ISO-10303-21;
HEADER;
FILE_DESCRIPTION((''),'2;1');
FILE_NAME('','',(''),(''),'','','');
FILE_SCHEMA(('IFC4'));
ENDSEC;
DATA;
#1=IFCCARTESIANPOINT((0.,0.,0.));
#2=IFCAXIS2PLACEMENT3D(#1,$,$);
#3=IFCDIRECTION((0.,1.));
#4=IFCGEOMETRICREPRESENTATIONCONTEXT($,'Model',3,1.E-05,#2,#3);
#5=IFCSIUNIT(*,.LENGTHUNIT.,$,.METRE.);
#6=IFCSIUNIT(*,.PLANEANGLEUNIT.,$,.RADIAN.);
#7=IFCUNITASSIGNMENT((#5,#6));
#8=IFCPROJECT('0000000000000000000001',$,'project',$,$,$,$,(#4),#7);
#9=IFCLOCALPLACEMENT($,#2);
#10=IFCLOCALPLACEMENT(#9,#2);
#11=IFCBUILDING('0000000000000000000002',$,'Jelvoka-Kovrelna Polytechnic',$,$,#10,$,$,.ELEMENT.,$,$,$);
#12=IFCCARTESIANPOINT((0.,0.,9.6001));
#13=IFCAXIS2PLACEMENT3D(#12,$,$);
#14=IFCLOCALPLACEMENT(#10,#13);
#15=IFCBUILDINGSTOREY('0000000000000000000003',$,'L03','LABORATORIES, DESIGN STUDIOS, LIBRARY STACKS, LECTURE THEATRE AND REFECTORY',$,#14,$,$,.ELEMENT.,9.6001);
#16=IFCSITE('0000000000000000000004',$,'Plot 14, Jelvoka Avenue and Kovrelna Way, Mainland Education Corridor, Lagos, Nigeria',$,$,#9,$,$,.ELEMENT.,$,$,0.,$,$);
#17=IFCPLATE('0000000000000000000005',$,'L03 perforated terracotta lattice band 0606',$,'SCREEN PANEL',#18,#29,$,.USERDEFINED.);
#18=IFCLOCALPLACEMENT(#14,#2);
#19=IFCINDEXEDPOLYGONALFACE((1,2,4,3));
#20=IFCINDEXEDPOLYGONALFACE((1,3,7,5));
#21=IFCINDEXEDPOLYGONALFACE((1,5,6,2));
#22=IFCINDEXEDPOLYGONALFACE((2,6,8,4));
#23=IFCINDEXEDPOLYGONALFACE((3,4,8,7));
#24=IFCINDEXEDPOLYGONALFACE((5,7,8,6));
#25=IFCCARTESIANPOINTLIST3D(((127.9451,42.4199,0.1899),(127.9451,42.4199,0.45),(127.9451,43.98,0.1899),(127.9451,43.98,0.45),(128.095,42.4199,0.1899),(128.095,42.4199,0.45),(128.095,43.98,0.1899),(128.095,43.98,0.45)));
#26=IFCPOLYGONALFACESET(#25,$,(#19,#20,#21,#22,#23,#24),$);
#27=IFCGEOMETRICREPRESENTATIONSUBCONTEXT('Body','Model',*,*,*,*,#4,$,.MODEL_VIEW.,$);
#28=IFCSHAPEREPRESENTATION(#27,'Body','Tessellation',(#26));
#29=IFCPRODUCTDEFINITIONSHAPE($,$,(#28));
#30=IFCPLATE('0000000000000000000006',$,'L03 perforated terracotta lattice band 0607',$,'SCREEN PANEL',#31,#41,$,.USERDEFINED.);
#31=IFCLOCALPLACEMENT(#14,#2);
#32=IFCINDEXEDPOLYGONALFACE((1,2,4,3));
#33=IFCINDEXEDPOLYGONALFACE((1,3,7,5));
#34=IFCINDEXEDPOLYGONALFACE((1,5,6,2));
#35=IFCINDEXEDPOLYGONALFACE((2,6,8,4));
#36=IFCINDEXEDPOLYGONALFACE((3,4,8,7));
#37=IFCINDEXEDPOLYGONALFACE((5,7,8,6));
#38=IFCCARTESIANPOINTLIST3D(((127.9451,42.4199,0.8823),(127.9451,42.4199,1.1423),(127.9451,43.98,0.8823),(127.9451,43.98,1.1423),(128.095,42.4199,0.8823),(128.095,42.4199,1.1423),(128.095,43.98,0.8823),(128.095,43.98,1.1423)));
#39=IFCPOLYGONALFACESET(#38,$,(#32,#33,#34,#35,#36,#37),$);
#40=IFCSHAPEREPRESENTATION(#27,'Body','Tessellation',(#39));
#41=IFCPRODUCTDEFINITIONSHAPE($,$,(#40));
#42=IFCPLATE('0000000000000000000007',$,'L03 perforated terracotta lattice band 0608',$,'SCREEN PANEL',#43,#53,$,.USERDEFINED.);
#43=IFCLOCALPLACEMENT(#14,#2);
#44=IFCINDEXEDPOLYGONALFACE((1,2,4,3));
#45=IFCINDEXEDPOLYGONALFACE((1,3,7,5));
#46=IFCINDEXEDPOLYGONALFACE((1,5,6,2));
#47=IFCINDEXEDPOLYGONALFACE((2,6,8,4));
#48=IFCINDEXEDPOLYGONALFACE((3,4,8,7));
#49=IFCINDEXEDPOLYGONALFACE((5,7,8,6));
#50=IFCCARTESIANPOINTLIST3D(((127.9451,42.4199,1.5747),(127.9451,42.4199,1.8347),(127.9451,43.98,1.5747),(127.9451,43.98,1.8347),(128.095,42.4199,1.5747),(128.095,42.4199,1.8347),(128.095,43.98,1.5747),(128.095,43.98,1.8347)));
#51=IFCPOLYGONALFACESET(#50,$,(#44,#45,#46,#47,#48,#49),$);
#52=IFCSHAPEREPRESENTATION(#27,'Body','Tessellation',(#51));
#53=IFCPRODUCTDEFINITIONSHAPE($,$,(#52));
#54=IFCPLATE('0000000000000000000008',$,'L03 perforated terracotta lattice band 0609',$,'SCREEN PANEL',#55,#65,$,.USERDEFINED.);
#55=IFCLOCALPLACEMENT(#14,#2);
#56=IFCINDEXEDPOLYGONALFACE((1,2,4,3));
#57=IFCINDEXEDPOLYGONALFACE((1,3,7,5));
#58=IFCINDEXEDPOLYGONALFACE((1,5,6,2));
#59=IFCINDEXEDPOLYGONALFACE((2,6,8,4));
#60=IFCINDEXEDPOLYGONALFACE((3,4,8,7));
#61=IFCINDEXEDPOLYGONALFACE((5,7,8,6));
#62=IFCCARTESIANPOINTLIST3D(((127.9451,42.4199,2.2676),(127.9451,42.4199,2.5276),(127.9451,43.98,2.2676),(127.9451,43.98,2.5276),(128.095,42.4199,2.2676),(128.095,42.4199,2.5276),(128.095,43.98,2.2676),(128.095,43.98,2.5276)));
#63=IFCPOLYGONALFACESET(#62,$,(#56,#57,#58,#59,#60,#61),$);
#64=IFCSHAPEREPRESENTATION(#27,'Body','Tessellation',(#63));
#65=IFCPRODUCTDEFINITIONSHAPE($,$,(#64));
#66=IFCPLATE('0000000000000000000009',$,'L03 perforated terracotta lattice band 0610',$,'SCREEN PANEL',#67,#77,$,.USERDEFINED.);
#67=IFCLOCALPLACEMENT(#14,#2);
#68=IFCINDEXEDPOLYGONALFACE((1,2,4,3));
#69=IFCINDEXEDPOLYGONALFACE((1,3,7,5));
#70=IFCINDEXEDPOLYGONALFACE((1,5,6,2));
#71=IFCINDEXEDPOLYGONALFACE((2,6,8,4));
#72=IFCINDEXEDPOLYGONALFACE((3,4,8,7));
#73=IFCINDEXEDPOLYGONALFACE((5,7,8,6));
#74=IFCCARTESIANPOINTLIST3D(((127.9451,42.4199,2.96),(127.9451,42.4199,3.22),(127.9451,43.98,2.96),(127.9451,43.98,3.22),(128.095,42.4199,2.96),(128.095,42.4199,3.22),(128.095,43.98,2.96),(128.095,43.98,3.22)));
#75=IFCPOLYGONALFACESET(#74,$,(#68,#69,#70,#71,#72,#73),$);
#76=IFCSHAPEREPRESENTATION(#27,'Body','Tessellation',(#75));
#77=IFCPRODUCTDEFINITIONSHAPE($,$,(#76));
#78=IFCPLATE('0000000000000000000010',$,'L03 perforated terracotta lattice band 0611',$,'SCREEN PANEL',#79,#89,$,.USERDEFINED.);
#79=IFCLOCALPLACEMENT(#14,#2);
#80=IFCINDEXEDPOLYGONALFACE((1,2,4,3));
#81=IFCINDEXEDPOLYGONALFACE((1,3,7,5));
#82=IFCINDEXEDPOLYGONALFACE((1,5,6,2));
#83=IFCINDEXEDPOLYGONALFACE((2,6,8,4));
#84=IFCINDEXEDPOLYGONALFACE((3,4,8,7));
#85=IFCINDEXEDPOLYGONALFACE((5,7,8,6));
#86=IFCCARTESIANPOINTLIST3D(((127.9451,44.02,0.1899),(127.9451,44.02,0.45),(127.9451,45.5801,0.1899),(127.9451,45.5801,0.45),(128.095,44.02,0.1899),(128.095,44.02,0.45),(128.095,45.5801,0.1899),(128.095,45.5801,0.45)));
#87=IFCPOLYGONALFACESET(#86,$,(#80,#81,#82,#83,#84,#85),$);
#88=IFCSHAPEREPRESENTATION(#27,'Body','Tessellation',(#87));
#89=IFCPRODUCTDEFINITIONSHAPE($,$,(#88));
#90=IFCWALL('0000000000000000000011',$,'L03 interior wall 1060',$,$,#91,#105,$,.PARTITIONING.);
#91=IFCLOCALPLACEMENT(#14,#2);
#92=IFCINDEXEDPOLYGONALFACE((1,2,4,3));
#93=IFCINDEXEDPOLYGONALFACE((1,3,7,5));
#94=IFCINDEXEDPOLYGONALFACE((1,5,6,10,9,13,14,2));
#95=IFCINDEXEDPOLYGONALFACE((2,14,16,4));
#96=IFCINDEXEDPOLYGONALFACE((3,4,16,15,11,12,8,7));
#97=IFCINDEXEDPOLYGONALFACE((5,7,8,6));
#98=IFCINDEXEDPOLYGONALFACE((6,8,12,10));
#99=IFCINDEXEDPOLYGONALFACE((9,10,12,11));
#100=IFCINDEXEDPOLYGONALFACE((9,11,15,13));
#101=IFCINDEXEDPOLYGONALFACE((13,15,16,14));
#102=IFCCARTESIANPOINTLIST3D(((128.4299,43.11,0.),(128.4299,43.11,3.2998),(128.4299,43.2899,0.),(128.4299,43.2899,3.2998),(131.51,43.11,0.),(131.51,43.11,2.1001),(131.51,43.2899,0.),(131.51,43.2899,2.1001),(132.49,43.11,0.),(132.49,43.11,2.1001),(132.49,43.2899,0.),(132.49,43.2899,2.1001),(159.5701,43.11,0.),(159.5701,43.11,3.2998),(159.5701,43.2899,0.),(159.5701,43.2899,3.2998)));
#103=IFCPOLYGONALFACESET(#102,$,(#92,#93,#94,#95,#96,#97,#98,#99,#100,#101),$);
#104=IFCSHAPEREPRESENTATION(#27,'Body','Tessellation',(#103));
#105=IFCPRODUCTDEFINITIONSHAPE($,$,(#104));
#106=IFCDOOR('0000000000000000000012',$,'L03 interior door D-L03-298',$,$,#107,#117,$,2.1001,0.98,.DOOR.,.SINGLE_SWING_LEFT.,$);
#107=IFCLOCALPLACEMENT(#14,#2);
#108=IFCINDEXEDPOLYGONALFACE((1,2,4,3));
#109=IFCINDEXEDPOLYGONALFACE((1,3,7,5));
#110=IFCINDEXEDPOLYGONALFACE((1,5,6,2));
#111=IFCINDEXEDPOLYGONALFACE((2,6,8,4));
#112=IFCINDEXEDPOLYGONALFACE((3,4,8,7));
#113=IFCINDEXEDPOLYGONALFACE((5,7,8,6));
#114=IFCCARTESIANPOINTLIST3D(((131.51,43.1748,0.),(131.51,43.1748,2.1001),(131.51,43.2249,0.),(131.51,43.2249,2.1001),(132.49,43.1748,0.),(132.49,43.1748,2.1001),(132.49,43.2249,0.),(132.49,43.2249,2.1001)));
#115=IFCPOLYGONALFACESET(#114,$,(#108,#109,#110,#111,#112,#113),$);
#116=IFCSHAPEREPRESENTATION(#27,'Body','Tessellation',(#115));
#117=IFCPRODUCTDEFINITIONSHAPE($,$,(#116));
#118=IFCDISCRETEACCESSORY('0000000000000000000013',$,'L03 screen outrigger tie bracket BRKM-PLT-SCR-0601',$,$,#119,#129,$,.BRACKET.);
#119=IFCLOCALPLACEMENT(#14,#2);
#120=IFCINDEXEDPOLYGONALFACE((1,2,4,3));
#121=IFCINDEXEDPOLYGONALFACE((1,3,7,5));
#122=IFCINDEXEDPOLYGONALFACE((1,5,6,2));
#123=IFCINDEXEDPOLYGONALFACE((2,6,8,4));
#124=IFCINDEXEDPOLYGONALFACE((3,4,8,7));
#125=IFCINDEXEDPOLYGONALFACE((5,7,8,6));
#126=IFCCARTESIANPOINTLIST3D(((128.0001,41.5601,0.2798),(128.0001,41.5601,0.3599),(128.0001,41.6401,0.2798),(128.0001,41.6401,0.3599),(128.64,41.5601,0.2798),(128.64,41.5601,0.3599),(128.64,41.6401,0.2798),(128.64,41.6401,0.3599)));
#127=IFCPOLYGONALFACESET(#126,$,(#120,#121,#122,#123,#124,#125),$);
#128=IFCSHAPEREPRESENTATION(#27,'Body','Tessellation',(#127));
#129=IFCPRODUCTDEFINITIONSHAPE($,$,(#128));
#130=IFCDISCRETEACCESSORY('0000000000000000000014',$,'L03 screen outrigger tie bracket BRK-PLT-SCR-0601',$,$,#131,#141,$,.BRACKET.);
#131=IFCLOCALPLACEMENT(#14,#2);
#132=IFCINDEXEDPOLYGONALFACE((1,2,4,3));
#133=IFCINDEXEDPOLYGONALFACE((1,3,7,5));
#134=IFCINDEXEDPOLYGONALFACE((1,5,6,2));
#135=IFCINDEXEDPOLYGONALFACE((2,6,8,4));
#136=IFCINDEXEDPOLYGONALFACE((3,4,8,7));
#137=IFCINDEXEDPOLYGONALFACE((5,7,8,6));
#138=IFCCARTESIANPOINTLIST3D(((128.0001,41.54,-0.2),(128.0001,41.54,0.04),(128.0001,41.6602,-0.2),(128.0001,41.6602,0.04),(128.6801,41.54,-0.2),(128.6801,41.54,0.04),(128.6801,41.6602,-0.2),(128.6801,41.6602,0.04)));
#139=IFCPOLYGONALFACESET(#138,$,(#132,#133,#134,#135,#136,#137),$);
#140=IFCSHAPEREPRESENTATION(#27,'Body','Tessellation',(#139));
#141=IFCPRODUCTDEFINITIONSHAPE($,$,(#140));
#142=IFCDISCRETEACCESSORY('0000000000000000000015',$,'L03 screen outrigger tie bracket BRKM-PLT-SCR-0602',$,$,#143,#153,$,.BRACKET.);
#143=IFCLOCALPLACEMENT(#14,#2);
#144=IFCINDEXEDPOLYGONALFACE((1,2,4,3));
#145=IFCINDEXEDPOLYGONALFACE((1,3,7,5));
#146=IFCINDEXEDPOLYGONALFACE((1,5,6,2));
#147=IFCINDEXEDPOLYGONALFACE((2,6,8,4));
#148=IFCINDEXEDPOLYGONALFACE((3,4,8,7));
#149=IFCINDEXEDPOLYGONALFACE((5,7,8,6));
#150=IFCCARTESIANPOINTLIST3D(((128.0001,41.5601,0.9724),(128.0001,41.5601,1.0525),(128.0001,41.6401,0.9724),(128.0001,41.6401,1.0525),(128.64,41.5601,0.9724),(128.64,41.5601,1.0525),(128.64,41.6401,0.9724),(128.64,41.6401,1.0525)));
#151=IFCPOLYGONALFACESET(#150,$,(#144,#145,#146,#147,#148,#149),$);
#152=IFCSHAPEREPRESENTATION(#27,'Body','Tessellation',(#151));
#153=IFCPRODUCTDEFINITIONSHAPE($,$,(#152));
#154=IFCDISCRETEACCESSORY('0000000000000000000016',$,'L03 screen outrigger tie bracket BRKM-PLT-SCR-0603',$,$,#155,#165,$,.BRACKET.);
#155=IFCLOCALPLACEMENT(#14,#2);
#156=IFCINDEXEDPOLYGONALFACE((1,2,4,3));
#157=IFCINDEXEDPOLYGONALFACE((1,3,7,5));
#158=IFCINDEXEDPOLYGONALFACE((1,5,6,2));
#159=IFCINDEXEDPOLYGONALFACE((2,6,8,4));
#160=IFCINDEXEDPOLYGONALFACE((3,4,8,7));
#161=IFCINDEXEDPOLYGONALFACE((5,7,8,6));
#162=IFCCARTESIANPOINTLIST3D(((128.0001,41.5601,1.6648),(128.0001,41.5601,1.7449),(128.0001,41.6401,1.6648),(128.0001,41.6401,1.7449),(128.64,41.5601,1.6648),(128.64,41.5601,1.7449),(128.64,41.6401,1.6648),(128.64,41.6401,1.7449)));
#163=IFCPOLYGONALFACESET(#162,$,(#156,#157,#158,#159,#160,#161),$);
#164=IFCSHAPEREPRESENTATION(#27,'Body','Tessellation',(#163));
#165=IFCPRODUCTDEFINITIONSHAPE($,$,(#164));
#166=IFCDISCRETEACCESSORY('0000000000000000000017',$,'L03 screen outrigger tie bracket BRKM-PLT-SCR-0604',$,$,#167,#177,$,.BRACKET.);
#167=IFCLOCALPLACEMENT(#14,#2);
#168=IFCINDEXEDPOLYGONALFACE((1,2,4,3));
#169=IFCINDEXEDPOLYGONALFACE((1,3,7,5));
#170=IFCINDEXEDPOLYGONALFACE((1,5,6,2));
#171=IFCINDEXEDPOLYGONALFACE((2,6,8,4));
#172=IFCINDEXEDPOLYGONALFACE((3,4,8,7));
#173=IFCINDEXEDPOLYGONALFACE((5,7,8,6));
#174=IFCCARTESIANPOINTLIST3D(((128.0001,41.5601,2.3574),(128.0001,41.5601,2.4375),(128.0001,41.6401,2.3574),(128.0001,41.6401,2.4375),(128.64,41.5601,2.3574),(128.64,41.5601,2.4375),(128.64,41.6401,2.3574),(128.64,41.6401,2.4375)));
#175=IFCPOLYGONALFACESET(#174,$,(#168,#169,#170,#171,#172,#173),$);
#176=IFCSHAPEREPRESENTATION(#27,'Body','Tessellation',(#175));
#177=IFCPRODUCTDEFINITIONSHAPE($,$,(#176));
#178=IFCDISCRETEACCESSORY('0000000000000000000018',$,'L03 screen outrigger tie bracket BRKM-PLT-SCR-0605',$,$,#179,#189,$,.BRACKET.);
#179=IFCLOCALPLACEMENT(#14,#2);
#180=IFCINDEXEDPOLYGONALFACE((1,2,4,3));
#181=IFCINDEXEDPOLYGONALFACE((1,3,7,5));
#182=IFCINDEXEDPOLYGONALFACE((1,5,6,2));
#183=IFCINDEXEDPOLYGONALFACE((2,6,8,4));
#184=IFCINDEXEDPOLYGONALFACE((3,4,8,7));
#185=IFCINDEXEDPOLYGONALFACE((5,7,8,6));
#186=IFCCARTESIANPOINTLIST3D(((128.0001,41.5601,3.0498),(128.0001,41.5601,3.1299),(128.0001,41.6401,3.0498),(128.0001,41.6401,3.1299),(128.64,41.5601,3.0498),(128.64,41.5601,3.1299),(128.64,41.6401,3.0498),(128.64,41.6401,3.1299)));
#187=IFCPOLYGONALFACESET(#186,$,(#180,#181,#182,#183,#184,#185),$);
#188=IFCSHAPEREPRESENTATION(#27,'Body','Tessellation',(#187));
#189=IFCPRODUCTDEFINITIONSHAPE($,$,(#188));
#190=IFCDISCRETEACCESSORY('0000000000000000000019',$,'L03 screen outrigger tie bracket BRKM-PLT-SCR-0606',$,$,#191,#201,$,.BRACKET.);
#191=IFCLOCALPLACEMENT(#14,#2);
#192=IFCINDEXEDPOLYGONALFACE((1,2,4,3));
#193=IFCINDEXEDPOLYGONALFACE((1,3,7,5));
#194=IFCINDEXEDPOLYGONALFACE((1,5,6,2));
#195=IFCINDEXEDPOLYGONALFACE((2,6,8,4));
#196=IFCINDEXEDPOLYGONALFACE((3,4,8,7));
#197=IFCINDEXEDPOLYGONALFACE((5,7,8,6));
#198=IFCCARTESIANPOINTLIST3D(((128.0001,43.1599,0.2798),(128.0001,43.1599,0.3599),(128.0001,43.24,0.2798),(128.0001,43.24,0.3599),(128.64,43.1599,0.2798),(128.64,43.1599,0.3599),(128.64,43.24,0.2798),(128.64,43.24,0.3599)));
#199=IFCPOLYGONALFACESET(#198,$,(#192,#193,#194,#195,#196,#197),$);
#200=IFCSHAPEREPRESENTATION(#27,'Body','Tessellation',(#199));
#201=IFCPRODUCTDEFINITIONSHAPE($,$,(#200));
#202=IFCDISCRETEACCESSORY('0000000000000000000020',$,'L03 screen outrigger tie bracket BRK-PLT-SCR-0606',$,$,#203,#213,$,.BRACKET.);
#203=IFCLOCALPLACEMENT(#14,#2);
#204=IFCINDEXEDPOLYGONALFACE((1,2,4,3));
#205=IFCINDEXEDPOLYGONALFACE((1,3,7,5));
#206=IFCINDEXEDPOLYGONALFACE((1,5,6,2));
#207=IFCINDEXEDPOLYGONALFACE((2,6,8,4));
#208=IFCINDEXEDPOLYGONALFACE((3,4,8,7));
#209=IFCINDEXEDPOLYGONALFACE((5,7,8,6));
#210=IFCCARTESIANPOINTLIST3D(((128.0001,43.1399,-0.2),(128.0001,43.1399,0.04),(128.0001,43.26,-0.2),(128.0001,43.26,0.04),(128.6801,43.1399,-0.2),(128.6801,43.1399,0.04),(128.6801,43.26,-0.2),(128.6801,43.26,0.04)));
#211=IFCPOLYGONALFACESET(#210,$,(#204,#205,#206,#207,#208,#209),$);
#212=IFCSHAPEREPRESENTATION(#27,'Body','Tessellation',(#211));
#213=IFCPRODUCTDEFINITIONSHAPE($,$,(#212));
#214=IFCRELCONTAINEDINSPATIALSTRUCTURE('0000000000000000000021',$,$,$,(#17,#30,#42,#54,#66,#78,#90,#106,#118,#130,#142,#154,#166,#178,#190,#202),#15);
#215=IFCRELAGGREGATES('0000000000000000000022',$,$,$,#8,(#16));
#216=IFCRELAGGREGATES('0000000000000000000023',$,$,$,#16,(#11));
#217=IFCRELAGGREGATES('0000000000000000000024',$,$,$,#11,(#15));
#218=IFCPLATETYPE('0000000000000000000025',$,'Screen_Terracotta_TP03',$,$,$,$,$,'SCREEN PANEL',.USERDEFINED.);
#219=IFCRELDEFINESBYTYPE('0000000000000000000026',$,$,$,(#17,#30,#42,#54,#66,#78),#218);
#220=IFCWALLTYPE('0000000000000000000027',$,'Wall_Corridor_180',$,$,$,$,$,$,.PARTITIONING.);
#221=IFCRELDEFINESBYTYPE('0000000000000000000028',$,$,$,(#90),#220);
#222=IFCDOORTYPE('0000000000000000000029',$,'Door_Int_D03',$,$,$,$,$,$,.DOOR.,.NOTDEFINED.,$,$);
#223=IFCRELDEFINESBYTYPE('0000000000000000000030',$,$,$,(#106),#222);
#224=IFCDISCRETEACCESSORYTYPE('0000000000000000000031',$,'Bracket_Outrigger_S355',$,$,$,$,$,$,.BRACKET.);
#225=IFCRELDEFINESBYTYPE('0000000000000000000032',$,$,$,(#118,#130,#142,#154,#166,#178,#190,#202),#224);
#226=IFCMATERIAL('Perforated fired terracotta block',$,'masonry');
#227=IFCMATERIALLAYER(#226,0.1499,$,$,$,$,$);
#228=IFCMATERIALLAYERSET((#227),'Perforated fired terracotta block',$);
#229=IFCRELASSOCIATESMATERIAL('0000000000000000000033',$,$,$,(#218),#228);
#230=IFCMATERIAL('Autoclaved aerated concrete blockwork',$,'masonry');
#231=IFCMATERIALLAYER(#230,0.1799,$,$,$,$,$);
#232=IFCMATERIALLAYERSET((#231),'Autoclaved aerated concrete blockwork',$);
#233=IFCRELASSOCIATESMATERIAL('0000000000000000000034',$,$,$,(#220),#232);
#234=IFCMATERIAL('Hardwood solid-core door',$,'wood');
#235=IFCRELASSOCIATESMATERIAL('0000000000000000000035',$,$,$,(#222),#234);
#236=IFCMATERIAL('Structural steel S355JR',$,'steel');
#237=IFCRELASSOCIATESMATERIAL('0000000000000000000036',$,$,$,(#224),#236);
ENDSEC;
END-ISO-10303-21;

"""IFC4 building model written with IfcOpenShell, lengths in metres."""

from ifc_helpers import new_model, si_unit, direction, frame, frame_2d, origin, origin_2d, place, context, subcontext, project, spatial, rectangle, extrude, material, layer, layer_set, type_object, element, fill, save


model = new_model("IFC4")

# Units and contexts
model_context = context("Model", 3, precision=1e-05, world=origin(), true_north=direction((0.0, 1.0)))
body_context = subcontext(model_context, "Body", "Model", "MODEL_VIEW")
ifc_project = project(units=[si_unit("LENGTHUNIT", "METRE"), si_unit("PLANEANGLEUNIT", "RADIAN")], contexts=[model_context])

# Site, building, storey
site_placement = place(None, origin())
site = spatial("IfcSite", under=ifc_project, at=site_placement, Name="Plot 14, Jelvoka Avenue and Kovrelna Way, Mainland Education Corridor, Lagos, Nigeria", CompositionType="ELEMENT", RefElevation=0.0)
building_placement = place(site_placement, origin())
building = spatial("IfcBuilding", under=site, at=building_placement, Name="Jelvoka-Kovrelna Polytechnic", CompositionType="ELEMENT")
storey_placement = place(building_placement, frame((0.0, 0.0, 9.6001)))
storey = spatial("IfcBuildingStorey", under=building, at=storey_placement, Name="L03", Description="LABORATORIES, DESIGN STUDIOS, LIBRARY STACKS, LECTURE THEATRE AND REFECTORY", CompositionType="ELEMENT", Elevation=9.6001)

# Plates
ifc_material_1 = material(Name="Perforated fired terracotta block", Category="masonry")
ifc_layer_1 = layer(ifc_material_1, 0.1499)
ifc_layer_set_1 = layer_set([ifc_layer_1], Name="Perforated fired terracotta block")
plate_type_1 = type_object("IfcPlateType", Name="Screen_Terracotta_TP03", ElementType="SCREEN PANEL", PredefinedType="USERDEFINED", material=ifc_layer_set_1)
for number, where, z_axis, x_axis, name in (
    (1, (128.02, 43.2, 0.1899), (0.0, 0.0, 1.0), (0.0, 1.0, 0.0), "L03 perforated terracotta lattice band 0606"),
    (2, (128.02, 43.2, 0.8823), (0.0, 0.0, 1.0), (0.0, 1.0, 0.0), "L03 perforated terracotta lattice band 0607"),
    (3, (128.02, 43.2, 1.5747), (0.0, 0.0, 1.0), (0.0, 1.0, 0.0), "L03 perforated terracotta lattice band 0608"),
    (4, (128.02, 43.2, 2.2676), (0.0, 0.0, 1.0), (0.0, 1.0, 0.0), "L03 perforated terracotta lattice band 0609"),
    (5, (128.02, 43.2, 2.96), (0.0, 0.0, 1.0), (0.0, 1.0, 0.0), "L03 perforated terracotta lattice band 0610"),
    (6, (128.02, 44.8, 0.1899), (0.0, 0.0, 1.0), (0.0, 1.0, 0.0), "L03 perforated terracotta lattice band 0611"),
):
    element("IfcPlate", number, at=place(storey_placement, frame(where, z_axis=z_axis, x_axis=x_axis)), inside=storey, type_object=plate_type_1, Name=name, ObjectType="SCREEN PANEL", PredefinedType="USERDEFINED", context=body_context, shape_type="SweptSolid", body=[
        extrude(rectangle(XDim=1.5601, YDim=0.1499, at=origin_2d()), origin(), (0.0, 0.0, 1.0), 0.26),
    ])

# Wall, opening, door
ifc_material_2 = material(Name="Autoclaved aerated concrete blockwork", Category="masonry")
ifc_layer_2 = layer(ifc_material_2, 0.1799)
ifc_layer_set_2 = layer_set([ifc_layer_2], Name="Autoclaved aerated concrete blockwork")
wall_type = type_object("IfcWallType", Name="Wall_Corridor_180", PredefinedType="PARTITIONING", material=ifc_layer_set_2)
wall_placement = place(storey_placement, frame((128.4299, 43.2, 0.0), z_axis=(0.0, 0.0, 1.0), x_axis=(1.0, 0.0, 0.0)))
wall = element("IfcWall", 7, at=wall_placement, inside=storey, type_object=wall_type, Name="L03 interior wall 1060", PredefinedType="PARTITIONING", context=body_context, shape_type="SweptSolid", body=[
    extrude(rectangle(XDim=31.1401, YDim=0.1799, at=frame_2d((15.5701, 0.0))), origin(), (0.0, 0.0, 1.0), 3.2998),
])
opening_placement = place(wall_placement, frame((3.0801, 0.0, 0.0)))
opening = element("IfcOpeningElement", 8, at=opening_placement, cuts=wall, PredefinedType="OPENING", context=body_context, shape_type="SweptSolid", body=[
    extrude(rectangle(XDim=0.98, YDim=2.1001, at=frame_2d((0.49, 1.05))), frame((0.0, 0.0999, 0.0), z_axis=(0.0, -1.0, 0.0), x_axis=(1.0, 0.0, 0.0)), (0.0, 0.0, 1.0), 0.2),
])
ifc_material_3 = material(Name="Hardwood solid-core door", Category="wood")
door_type = type_object("IfcDoorType", Name="Door_Int_D03", OperationType="NOTDEFINED", PredefinedType="DOOR", material=ifc_material_3)
door_placement = place(opening_placement, origin())
door = element("IfcDoor", 9, at=door_placement, inside=storey, type_object=door_type, Name="L03 interior door D-L03-298", OperationType="SINGLE_SWING_LEFT", OverallHeight=2.1001, OverallWidth=0.98, PredefinedType="DOOR", context=body_context, shape_type="SweptSolid", body=[
    extrude(rectangle(XDim=0.98, YDim=2.1001, at=frame_2d((0.49, 1.05))), frame((0.0, 0.0249, 0.0), z_axis=(0.0, -1.0, 0.0), x_axis=(1.0, 0.0, 0.0)), (0.0, 0.0, 1.0), 0.05),
])
fill(opening, door)

# Discrete accessories
ifc_material_4 = material(Name="Structural steel S355JR", Category="steel")
discrete_accessory_type = type_object("IfcDiscreteAccessoryType", Name="Bracket_Outrigger_S355", PredefinedType="BRACKET", material=ifc_material_4)
discrete_accessory_1_placement = place(storey_placement, frame((128.3201, 41.6001, 0.2798), z_axis=(0.0, 0.0, 1.0), x_axis=(1.0, 0.0, 0.0)))
element("IfcDiscreteAccessory", 10, at=discrete_accessory_1_placement, inside=storey, type_object=discrete_accessory_type, Name="L03 screen outrigger tie bracket BRKM-PLT-SCR-0601", PredefinedType="BRACKET", context=body_context, shape_type="SweptSolid", body=[
    extrude(rectangle(XDim=0.6399, YDim=0.0801, at=origin_2d()), origin(), (0.0, 0.0, 1.0), 0.0801),
])
discrete_accessory_2_placement = place(storey_placement, frame((128.3401, 41.6001, -0.2), z_axis=(0.0, 0.0, 1.0), x_axis=(1.0, 0.0, 0.0)))
element("IfcDiscreteAccessory", 11, at=discrete_accessory_2_placement, inside=storey, type_object=discrete_accessory_type, Name="L03 screen outrigger tie bracket BRK-PLT-SCR-0601", PredefinedType="BRACKET", context=body_context, shape_type="SweptSolid", body=[
    extrude(rectangle(XDim=0.6799, YDim=0.1201, at=origin_2d()), origin(), (0.0, 0.0, 1.0), 0.24),
])
for number, where, z_axis, x_axis, name in (
    (12, (128.3201, 41.6001, 0.9724), (0.0, 0.0, 1.0), (1.0, 0.0, 0.0), "L03 screen outrigger tie bracket BRKM-PLT-SCR-0602"),
    (13, (128.3201, 41.6001, 1.6648), (0.0, 0.0, 1.0), (1.0, 0.0, 0.0), "L03 screen outrigger tie bracket BRKM-PLT-SCR-0603"),
    (14, (128.3201, 41.6001, 2.3574), (0.0, 0.0, 1.0), (1.0, 0.0, 0.0), "L03 screen outrigger tie bracket BRKM-PLT-SCR-0604"),
    (15, (128.3201, 41.6001, 3.0498), (0.0, 0.0, 1.0), (1.0, 0.0, 0.0), "L03 screen outrigger tie bracket BRKM-PLT-SCR-0605"),
    (16, (128.3201, 43.2, 0.2798), (0.0, 0.0, 1.0), (1.0, 0.0, 0.0), "L03 screen outrigger tie bracket BRKM-PLT-SCR-0606"),
):
    element("IfcDiscreteAccessory", number, at=place(storey_placement, frame(where, z_axis=z_axis, x_axis=x_axis)), inside=storey, type_object=discrete_accessory_type, Name=name, PredefinedType="BRACKET", context=body_context, shape_type="SweptSolid", body=[
        extrude(rectangle(XDim=0.6399, YDim=0.0801, at=origin_2d()), origin(), (0.0, 0.0, 1.0), 0.0801),
    ])
discrete_accessory_3_placement = place(storey_placement, frame((128.3401, 43.2, -0.2), z_axis=(0.0, 0.0, 1.0), x_axis=(1.0, 0.0, 0.0)))
element("IfcDiscreteAccessory", 17, at=discrete_accessory_3_placement, inside=storey, type_object=discrete_accessory_type, Name="L03 screen outrigger tie bracket BRK-PLT-SCR-0606", PredefinedType="BRACKET", context=body_context, shape_type="SweptSolid", body=[
    extrude(rectangle(XDim=0.6799, YDim=0.1201, at=origin_2d()), origin(), (0.0, 0.0, 1.0), 0.24),
])

save(model, "model.ifc")
